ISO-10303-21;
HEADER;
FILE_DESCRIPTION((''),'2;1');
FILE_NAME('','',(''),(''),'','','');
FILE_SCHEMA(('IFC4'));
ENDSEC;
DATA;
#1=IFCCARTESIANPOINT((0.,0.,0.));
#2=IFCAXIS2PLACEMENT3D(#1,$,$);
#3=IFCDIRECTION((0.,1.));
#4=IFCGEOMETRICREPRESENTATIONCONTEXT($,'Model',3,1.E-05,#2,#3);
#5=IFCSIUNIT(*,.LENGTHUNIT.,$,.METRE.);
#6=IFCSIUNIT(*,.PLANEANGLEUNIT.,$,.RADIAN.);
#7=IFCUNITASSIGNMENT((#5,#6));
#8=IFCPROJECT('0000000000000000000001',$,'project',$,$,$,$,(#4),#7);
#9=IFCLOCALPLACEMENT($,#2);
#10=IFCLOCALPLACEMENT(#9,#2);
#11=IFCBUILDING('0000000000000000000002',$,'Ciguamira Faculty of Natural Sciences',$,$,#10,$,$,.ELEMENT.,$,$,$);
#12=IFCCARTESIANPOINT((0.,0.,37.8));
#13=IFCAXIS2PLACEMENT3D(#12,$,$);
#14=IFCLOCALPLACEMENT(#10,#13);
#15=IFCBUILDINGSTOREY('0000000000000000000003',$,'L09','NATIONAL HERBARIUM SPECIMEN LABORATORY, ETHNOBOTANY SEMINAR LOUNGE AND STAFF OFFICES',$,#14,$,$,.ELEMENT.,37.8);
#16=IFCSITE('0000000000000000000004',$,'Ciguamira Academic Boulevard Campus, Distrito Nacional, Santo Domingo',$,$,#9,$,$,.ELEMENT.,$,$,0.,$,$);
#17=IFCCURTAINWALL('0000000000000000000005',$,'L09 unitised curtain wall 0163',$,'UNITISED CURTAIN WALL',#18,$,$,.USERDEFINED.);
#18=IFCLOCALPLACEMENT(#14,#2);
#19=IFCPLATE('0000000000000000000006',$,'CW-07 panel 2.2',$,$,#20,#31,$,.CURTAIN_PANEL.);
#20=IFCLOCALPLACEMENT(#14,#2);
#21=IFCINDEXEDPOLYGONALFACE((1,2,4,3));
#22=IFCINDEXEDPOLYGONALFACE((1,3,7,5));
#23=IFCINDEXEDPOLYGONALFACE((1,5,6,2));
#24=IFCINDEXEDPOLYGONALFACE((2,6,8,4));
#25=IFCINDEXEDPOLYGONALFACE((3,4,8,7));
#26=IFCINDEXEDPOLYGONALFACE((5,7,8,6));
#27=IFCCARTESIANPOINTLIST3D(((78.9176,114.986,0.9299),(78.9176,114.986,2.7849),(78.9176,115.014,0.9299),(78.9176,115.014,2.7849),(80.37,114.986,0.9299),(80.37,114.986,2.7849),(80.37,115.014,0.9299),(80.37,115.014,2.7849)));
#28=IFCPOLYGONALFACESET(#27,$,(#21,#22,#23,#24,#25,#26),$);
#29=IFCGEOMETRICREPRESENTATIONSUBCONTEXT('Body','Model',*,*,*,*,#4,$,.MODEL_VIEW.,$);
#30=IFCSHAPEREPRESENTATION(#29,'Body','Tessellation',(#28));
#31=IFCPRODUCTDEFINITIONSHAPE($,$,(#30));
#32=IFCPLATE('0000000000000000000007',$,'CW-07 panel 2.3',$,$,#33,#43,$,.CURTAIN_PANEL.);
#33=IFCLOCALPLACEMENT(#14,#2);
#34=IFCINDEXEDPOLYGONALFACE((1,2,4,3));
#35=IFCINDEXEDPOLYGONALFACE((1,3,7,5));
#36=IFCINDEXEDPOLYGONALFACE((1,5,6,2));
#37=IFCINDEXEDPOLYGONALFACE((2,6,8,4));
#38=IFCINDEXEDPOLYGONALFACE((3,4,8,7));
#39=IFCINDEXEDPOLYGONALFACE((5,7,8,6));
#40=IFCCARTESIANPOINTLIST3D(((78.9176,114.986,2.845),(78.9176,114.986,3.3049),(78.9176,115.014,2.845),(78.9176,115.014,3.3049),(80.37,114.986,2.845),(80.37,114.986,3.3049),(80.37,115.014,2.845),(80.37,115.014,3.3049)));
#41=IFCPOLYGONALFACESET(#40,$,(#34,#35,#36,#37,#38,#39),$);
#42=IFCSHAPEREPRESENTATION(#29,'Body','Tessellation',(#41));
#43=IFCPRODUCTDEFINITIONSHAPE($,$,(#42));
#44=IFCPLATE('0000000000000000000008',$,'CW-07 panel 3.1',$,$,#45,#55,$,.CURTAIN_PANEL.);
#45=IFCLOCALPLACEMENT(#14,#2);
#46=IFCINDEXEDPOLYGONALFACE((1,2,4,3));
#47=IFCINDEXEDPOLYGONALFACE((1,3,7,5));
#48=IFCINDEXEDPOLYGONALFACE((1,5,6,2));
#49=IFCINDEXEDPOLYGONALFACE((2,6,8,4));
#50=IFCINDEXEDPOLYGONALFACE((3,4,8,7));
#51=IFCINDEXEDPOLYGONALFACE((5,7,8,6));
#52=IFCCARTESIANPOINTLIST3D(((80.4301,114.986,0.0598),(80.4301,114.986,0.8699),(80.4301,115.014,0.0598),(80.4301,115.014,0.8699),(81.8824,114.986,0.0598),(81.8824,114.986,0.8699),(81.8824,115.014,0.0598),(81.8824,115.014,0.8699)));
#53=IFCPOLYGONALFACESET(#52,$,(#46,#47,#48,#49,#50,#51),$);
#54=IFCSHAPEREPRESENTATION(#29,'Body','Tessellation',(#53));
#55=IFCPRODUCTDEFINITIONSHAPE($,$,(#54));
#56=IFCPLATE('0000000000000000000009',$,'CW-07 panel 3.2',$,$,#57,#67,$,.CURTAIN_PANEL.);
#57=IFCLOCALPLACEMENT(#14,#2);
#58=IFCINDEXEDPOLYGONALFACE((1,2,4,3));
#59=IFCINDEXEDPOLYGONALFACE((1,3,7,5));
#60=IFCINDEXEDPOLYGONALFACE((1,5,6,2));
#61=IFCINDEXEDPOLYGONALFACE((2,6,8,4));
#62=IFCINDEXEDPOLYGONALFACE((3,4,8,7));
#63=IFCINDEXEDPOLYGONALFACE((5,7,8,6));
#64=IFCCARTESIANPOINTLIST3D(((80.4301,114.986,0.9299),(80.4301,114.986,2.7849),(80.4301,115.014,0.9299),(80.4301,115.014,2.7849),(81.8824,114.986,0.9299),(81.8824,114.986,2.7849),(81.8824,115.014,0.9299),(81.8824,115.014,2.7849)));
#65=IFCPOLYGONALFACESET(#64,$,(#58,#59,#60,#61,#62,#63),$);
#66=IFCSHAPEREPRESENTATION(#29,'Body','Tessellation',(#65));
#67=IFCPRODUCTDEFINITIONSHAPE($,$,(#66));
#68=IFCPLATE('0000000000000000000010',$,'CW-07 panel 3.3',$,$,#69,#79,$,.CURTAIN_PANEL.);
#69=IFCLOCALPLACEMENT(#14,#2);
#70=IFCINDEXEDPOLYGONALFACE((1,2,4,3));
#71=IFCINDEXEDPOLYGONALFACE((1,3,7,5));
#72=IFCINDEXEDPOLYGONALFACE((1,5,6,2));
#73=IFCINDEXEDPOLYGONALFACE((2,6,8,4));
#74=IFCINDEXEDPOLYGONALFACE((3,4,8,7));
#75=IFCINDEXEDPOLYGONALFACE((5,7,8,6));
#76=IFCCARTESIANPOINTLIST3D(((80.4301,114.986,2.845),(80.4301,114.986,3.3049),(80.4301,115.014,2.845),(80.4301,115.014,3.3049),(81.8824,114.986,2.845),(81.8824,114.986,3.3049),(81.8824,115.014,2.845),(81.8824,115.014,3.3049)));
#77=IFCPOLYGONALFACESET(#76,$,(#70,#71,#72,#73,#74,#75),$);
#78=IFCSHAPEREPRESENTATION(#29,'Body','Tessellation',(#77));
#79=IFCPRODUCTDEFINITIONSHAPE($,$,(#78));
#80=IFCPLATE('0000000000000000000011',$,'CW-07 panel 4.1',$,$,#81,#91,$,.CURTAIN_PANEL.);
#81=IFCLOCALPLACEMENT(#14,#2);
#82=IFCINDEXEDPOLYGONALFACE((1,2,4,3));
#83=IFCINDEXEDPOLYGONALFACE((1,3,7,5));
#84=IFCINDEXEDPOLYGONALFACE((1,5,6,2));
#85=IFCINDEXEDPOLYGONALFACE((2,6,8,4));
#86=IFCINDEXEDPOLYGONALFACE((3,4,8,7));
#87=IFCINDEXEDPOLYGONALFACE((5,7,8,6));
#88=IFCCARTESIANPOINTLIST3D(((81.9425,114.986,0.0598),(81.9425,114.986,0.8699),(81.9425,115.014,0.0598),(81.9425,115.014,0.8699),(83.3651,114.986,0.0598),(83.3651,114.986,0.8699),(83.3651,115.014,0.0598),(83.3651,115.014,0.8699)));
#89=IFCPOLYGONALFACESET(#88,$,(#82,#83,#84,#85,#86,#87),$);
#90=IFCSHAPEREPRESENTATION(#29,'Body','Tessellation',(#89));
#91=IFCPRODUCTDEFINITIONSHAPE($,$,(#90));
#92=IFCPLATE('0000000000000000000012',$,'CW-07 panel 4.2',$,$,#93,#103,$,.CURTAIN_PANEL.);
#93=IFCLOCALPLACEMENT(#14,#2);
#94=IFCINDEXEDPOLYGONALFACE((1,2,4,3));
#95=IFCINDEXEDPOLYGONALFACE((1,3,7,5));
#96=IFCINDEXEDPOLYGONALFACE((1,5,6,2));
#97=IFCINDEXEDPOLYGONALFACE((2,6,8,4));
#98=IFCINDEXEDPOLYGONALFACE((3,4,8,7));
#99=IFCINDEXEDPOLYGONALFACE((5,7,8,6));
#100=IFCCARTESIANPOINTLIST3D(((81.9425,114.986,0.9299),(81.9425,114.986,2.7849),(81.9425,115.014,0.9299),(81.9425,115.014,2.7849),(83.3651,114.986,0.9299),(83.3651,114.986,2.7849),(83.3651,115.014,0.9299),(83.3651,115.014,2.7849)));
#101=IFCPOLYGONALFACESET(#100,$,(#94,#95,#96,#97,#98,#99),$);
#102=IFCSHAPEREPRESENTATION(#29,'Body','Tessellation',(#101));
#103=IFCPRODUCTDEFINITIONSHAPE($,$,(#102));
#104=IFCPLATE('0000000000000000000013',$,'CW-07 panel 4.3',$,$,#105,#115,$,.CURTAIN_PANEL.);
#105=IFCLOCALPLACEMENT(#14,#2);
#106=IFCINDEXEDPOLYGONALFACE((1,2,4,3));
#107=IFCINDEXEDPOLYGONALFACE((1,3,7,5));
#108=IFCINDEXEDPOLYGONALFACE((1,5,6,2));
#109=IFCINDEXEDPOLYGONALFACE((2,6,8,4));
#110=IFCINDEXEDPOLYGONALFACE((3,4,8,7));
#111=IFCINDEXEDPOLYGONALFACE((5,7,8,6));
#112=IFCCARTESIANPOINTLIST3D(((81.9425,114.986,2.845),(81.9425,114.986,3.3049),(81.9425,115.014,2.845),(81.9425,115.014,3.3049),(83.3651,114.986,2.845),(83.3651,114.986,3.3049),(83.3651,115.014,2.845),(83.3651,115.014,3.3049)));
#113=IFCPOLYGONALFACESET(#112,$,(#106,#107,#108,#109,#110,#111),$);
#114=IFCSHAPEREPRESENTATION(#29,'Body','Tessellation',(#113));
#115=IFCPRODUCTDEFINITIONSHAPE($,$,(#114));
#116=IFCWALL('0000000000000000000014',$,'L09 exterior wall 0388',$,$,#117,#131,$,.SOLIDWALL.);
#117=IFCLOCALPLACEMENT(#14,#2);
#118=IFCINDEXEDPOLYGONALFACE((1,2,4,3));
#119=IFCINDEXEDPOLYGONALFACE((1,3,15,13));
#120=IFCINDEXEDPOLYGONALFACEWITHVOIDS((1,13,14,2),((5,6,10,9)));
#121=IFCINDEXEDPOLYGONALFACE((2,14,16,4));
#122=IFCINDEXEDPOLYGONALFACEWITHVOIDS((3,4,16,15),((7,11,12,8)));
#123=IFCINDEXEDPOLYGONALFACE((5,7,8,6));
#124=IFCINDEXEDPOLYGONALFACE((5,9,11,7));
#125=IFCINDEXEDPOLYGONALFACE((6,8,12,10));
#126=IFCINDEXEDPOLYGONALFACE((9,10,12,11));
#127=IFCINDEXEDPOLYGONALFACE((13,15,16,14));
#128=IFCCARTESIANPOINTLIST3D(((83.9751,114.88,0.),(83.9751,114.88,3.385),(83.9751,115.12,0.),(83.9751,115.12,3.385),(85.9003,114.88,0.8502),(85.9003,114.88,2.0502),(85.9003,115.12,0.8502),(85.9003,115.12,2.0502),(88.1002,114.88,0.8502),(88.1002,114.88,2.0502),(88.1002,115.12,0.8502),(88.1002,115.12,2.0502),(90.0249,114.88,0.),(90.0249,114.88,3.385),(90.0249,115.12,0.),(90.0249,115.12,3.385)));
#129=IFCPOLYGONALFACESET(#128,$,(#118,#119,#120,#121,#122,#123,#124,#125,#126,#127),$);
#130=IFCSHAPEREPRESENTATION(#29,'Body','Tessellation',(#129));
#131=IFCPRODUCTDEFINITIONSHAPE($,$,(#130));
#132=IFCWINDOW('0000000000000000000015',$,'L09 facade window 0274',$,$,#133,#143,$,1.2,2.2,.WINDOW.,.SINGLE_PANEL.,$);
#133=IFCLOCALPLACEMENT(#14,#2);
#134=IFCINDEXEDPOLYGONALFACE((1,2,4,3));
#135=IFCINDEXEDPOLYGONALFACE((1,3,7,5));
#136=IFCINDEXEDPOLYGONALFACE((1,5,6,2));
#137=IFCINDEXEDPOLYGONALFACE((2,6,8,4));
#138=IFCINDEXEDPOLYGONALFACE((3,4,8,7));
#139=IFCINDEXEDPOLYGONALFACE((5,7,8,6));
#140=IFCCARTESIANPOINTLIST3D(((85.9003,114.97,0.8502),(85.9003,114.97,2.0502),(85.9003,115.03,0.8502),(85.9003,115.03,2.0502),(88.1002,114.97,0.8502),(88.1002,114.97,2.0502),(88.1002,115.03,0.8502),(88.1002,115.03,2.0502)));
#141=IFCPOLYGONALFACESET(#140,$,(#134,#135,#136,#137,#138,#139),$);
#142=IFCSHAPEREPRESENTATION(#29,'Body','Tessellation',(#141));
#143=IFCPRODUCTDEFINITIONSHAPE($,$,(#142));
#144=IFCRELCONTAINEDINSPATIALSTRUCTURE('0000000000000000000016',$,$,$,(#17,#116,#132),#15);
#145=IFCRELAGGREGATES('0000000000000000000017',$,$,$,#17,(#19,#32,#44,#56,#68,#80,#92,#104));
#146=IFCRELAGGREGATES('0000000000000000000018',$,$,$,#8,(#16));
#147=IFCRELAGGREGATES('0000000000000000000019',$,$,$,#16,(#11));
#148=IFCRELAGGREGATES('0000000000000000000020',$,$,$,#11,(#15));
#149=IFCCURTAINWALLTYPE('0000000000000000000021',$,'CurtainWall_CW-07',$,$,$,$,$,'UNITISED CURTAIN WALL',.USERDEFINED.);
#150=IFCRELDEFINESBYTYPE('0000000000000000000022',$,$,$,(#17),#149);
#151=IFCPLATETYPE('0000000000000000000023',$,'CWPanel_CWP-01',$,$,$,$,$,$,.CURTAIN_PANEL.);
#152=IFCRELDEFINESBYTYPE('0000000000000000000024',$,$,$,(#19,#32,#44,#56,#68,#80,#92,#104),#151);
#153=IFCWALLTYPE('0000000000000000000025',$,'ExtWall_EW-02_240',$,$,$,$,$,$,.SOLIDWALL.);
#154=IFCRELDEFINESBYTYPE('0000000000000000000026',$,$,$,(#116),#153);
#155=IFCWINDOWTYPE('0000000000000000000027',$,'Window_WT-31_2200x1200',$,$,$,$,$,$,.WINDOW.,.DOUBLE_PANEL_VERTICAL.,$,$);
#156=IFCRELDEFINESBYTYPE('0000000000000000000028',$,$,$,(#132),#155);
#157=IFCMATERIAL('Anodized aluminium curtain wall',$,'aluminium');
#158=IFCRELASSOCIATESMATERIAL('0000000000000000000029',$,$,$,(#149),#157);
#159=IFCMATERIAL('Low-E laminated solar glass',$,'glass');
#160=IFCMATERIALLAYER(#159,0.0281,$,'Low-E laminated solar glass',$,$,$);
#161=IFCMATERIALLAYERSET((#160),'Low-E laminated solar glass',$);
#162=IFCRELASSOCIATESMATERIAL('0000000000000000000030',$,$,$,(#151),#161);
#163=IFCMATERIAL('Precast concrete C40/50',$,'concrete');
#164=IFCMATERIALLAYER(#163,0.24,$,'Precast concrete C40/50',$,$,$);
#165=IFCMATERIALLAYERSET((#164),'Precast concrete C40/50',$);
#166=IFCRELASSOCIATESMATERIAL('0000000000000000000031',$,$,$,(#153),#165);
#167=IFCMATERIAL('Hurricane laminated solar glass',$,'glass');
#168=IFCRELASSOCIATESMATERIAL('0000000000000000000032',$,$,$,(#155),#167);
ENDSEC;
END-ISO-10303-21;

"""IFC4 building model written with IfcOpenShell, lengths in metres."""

from ifc_helpers import new_model, si_unit, direction, frame, frame_2d, origin, origin_2d, place, context, subcontext, project, spatial, rectangle, extrude, material, layer, layer_set, type_object, element, fill, aggregate, save


model = new_model("IFC4")

# Units and contexts
model_context = context("Model", 3, precision=1e-05, world=origin(), true_north=direction((0.0, 1.0)))
body_context = subcontext(model_context, "Body", "Model", "MODEL_VIEW")
ifc_project = project(units=[si_unit("LENGTHUNIT", "METRE"), si_unit("PLANEANGLEUNIT", "RADIAN")], contexts=[model_context])

# Site, building, storey
site_placement = place(None, origin())
site = spatial("IfcSite", under=ifc_project, at=site_placement, Name="Ciguamira Academic Boulevard Campus, Distrito Nacional, Santo Domingo", CompositionType="ELEMENT", RefElevation=0.0)
building_placement = place(site_placement, origin())
building = spatial("IfcBuilding", under=site, at=building_placement, Name="Ciguamira Faculty of Natural Sciences", CompositionType="ELEMENT")
storey_placement = place(building_placement, frame((0.0, 0.0, 37.8)))
storey = spatial("IfcBuildingStorey", under=building, at=storey_placement, Name="L09", Description="NATIONAL HERBARIUM SPECIMEN LABORATORY, ETHNOBOTANY SEMINAR LOUNGE AND STAFF OFFICES", CompositionType="ELEMENT", Elevation=37.8)

# Curtain wall
ifc_material_1 = material(Name="Anodized aluminium curtain wall", Category="aluminium")
curtain_wall_type = type_object("IfcCurtainWallType", Name="CurtainWall_CW-07", ElementType="UNITISED CURTAIN WALL", PredefinedType="USERDEFINED", material=ifc_material_1)
curtain_wall_placement = place(storey_placement, origin())
curtain_wall = element("IfcCurtainWall", 1, at=curtain_wall_placement, inside=storey, type_object=curtain_wall_type, Name="L09 unitised curtain wall 0163", ObjectType="UNITISED CURTAIN WALL", PredefinedType="USERDEFINED")

# Plates
ifc_material_2 = material(Name="Low-E laminated solar glass", Category="glass")
ifc_layer_1 = layer(ifc_material_2, 0.0281, Name="Low-E laminated solar glass")
ifc_layer_set_1 = layer_set([ifc_layer_1], Name="Low-E laminated solar glass")
plate_type = type_object("IfcPlateType", Name="CWPanel_CWP-01", PredefinedType="CURTAIN_PANEL", material=ifc_layer_set_1)
plate_1_placement = place(storey_placement, frame((79.6438, 115.0, 0.9299), z_axis=(0.0, 0.0, 1.0), x_axis=(1.0, 0.0, 0.0)))
plate_1 = element("IfcPlate", 2, at=plate_1_placement, type_object=plate_type, Name="CW-07 panel 2.2", PredefinedType="CURTAIN_PANEL", context=body_context, shape_type="SweptSolid", body=[
    extrude(rectangle(XDim=1.4524, YDim=0.0281, at=origin_2d()), origin(), (0.0, 0.0, 1.0), 1.855),
])
plate_2_placement = place(storey_placement, frame((79.6438, 115.0, 2.845), z_axis=(0.0, 0.0, 1.0), x_axis=(1.0, 0.0, 0.0)))
plate_2 = element("IfcPlate", 3, at=plate_2_placement, type_object=plate_type, Name="CW-07 panel 2.3", PredefinedType="CURTAIN_PANEL", context=body_context, shape_type="SweptSolid", body=[
    extrude(rectangle(XDim=1.4524, YDim=0.0281, at=origin_2d()), origin(), (0.0, 0.0, 1.0), 0.46),
])
plate_3_placement = place(storey_placement, frame((81.1562, 115.0, 0.0598), z_axis=(0.0, 0.0, 1.0), x_axis=(1.0, 0.0, 0.0)))
plate_3 = element("IfcPlate", 4, at=plate_3_placement, type_object=plate_type, Name="CW-07 panel 3.1", PredefinedType="CURTAIN_PANEL", context=body_context, shape_type="SweptSolid", body=[
    extrude(rectangle(XDim=1.4524, YDim=0.0281, at=origin_2d()), origin(), (0.0, 0.0, 1.0), 0.8101),
])
plate_4_placement = place(storey_placement, frame((81.1562, 115.0, 0.9299), z_axis=(0.0, 0.0, 1.0), x_axis=(1.0, 0.0, 0.0)))
plate_4 = element("IfcPlate", 5, at=plate_4_placement, type_object=plate_type, Name="CW-07 panel 3.2", PredefinedType="CURTAIN_PANEL", context=body_context, shape_type="SweptSolid", body=[
    extrude(rectangle(XDim=1.4524, YDim=0.0281, at=origin_2d()), origin(), (0.0, 0.0, 1.0), 1.855),
])
plate_5_placement = place(storey_placement, frame((81.1562, 115.0, 2.845), z_axis=(0.0, 0.0, 1.0), x_axis=(1.0, 0.0, 0.0)))
plate_5 = element("IfcPlate", 6, at=plate_5_placement, type_object=plate_type, Name="CW-07 panel 3.3", PredefinedType="CURTAIN_PANEL", context=body_context, shape_type="SweptSolid", body=[
    extrude(rectangle(XDim=1.4524, YDim=0.0281, at=origin_2d()), origin(), (0.0, 0.0, 1.0), 0.46),
])
plate_6_placement = place(storey_placement, frame((82.6538, 115.0, 0.0598), z_axis=(0.0, 0.0, 1.0), x_axis=(1.0, 0.0, 0.0)))
plate_6 = element("IfcPlate", 7, at=plate_6_placement, type_object=plate_type, Name="CW-07 panel 4.1", PredefinedType="CURTAIN_PANEL", context=body_context, shape_type="SweptSolid", body=[
    extrude(rectangle(XDim=1.4226, YDim=0.0281, at=origin_2d()), origin(), (0.0, 0.0, 1.0), 0.8101),
])
plate_7_placement = place(storey_placement, frame((82.6538, 115.0, 0.9299), z_axis=(0.0, 0.0, 1.0), x_axis=(1.0, 0.0, 0.0)))
plate_7 = element("IfcPlate", 8, at=plate_7_placement, type_object=plate_type, Name="CW-07 panel 4.2", PredefinedType="CURTAIN_PANEL", context=body_context, shape_type="SweptSolid", body=[
    extrude(rectangle(XDim=1.4226, YDim=0.0281, at=origin_2d()), origin(), (0.0, 0.0, 1.0), 1.855),
])
plate_8_placement = place(storey_placement, frame((82.6538, 115.0, 2.845), z_axis=(0.0, 0.0, 1.0), x_axis=(1.0, 0.0, 0.0)))
plate_8 = element("IfcPlate", 9, at=plate_8_placement, type_object=plate_type, Name="CW-07 panel 4.3", PredefinedType="CURTAIN_PANEL", context=body_context, shape_type="SweptSolid", body=[
    extrude(rectangle(XDim=1.4226, YDim=0.0281, at=origin_2d()), origin(), (0.0, 0.0, 1.0), 0.46),
])
aggregate(curtain_wall, [plate_1, plate_2, plate_3, plate_4, plate_5, plate_6, plate_7, plate_8])

# Wall, opening, window
ifc_material_3 = material(Name="Precast concrete C40/50", Category="concrete")
ifc_layer_2 = layer(ifc_material_3, 0.24, Name="Precast concrete C40/50")
ifc_layer_set_2 = layer_set([ifc_layer_2], Name="Precast concrete C40/50")
wall_type = type_object("IfcWallType", Name="ExtWall_EW-02_240", PredefinedType="SOLIDWALL", material=ifc_layer_set_2)
wall_placement = place(storey_placement, frame((83.9751, 115.0, 0.0), z_axis=(0.0, 0.0, 1.0), x_axis=(1.0, 0.0, 0.0)))
wall = element("IfcWall", 10, at=wall_placement, inside=storey, type_object=wall_type, Name="L09 exterior wall 0388", PredefinedType="SOLIDWALL", context=body_context, shape_type="SweptSolid", body=[
    extrude(rectangle(XDim=6.0498, YDim=0.24, at=frame_2d((3.0249, 0.0))), origin(), (0.0, 0.0, 1.0), 3.385),
])
opening_placement = place(wall_placement, frame((1.925, 0.0, 0.8501)))
opening = element("IfcOpeningElement", 11, at=opening_placement, cuts=wall, PredefinedType="OPENING", context=body_context, shape_type="SweptSolid", body=[
    extrude(rectangle(XDim=2.2, YDim=1.2, at=frame_2d((1.1001, 0.6001))), frame((0.0, 0.1299, 0.0), z_axis=(0.0, -1.0, 0.0), x_axis=(1.0, 0.0, 0.0)), (0.0, 0.0, 1.0), 0.26),
])
ifc_material_4 = material(Name="Hurricane laminated solar glass", Category="glass")
window_type = type_object("IfcWindowType", Name="Window_WT-31_2200x1200", PartitioningType="DOUBLE_PANEL_VERTICAL", PredefinedType="WINDOW", material=ifc_material_4)
window_placement = place(opening_placement, origin())
window = element("IfcWindow", 12, at=window_placement, inside=storey, type_object=window_type, Name="L09 facade window 0274", OverallHeight=1.2, OverallWidth=2.2, PartitioningType="SINGLE_PANEL", PredefinedType="WINDOW", context=body_context, shape_type="SweptSolid", body=[
    extrude(rectangle(XDim=2.2, YDim=1.2, at=frame_2d((1.1001, 0.6001))), frame((0.0, 0.03, 0.0), z_axis=(0.0, -1.0, 0.0), x_axis=(1.0, 0.0, 0.0)), (0.0, 0.0, 1.0), 0.0601),
])
fill(opening, window)

save(model, "model.ifc")
